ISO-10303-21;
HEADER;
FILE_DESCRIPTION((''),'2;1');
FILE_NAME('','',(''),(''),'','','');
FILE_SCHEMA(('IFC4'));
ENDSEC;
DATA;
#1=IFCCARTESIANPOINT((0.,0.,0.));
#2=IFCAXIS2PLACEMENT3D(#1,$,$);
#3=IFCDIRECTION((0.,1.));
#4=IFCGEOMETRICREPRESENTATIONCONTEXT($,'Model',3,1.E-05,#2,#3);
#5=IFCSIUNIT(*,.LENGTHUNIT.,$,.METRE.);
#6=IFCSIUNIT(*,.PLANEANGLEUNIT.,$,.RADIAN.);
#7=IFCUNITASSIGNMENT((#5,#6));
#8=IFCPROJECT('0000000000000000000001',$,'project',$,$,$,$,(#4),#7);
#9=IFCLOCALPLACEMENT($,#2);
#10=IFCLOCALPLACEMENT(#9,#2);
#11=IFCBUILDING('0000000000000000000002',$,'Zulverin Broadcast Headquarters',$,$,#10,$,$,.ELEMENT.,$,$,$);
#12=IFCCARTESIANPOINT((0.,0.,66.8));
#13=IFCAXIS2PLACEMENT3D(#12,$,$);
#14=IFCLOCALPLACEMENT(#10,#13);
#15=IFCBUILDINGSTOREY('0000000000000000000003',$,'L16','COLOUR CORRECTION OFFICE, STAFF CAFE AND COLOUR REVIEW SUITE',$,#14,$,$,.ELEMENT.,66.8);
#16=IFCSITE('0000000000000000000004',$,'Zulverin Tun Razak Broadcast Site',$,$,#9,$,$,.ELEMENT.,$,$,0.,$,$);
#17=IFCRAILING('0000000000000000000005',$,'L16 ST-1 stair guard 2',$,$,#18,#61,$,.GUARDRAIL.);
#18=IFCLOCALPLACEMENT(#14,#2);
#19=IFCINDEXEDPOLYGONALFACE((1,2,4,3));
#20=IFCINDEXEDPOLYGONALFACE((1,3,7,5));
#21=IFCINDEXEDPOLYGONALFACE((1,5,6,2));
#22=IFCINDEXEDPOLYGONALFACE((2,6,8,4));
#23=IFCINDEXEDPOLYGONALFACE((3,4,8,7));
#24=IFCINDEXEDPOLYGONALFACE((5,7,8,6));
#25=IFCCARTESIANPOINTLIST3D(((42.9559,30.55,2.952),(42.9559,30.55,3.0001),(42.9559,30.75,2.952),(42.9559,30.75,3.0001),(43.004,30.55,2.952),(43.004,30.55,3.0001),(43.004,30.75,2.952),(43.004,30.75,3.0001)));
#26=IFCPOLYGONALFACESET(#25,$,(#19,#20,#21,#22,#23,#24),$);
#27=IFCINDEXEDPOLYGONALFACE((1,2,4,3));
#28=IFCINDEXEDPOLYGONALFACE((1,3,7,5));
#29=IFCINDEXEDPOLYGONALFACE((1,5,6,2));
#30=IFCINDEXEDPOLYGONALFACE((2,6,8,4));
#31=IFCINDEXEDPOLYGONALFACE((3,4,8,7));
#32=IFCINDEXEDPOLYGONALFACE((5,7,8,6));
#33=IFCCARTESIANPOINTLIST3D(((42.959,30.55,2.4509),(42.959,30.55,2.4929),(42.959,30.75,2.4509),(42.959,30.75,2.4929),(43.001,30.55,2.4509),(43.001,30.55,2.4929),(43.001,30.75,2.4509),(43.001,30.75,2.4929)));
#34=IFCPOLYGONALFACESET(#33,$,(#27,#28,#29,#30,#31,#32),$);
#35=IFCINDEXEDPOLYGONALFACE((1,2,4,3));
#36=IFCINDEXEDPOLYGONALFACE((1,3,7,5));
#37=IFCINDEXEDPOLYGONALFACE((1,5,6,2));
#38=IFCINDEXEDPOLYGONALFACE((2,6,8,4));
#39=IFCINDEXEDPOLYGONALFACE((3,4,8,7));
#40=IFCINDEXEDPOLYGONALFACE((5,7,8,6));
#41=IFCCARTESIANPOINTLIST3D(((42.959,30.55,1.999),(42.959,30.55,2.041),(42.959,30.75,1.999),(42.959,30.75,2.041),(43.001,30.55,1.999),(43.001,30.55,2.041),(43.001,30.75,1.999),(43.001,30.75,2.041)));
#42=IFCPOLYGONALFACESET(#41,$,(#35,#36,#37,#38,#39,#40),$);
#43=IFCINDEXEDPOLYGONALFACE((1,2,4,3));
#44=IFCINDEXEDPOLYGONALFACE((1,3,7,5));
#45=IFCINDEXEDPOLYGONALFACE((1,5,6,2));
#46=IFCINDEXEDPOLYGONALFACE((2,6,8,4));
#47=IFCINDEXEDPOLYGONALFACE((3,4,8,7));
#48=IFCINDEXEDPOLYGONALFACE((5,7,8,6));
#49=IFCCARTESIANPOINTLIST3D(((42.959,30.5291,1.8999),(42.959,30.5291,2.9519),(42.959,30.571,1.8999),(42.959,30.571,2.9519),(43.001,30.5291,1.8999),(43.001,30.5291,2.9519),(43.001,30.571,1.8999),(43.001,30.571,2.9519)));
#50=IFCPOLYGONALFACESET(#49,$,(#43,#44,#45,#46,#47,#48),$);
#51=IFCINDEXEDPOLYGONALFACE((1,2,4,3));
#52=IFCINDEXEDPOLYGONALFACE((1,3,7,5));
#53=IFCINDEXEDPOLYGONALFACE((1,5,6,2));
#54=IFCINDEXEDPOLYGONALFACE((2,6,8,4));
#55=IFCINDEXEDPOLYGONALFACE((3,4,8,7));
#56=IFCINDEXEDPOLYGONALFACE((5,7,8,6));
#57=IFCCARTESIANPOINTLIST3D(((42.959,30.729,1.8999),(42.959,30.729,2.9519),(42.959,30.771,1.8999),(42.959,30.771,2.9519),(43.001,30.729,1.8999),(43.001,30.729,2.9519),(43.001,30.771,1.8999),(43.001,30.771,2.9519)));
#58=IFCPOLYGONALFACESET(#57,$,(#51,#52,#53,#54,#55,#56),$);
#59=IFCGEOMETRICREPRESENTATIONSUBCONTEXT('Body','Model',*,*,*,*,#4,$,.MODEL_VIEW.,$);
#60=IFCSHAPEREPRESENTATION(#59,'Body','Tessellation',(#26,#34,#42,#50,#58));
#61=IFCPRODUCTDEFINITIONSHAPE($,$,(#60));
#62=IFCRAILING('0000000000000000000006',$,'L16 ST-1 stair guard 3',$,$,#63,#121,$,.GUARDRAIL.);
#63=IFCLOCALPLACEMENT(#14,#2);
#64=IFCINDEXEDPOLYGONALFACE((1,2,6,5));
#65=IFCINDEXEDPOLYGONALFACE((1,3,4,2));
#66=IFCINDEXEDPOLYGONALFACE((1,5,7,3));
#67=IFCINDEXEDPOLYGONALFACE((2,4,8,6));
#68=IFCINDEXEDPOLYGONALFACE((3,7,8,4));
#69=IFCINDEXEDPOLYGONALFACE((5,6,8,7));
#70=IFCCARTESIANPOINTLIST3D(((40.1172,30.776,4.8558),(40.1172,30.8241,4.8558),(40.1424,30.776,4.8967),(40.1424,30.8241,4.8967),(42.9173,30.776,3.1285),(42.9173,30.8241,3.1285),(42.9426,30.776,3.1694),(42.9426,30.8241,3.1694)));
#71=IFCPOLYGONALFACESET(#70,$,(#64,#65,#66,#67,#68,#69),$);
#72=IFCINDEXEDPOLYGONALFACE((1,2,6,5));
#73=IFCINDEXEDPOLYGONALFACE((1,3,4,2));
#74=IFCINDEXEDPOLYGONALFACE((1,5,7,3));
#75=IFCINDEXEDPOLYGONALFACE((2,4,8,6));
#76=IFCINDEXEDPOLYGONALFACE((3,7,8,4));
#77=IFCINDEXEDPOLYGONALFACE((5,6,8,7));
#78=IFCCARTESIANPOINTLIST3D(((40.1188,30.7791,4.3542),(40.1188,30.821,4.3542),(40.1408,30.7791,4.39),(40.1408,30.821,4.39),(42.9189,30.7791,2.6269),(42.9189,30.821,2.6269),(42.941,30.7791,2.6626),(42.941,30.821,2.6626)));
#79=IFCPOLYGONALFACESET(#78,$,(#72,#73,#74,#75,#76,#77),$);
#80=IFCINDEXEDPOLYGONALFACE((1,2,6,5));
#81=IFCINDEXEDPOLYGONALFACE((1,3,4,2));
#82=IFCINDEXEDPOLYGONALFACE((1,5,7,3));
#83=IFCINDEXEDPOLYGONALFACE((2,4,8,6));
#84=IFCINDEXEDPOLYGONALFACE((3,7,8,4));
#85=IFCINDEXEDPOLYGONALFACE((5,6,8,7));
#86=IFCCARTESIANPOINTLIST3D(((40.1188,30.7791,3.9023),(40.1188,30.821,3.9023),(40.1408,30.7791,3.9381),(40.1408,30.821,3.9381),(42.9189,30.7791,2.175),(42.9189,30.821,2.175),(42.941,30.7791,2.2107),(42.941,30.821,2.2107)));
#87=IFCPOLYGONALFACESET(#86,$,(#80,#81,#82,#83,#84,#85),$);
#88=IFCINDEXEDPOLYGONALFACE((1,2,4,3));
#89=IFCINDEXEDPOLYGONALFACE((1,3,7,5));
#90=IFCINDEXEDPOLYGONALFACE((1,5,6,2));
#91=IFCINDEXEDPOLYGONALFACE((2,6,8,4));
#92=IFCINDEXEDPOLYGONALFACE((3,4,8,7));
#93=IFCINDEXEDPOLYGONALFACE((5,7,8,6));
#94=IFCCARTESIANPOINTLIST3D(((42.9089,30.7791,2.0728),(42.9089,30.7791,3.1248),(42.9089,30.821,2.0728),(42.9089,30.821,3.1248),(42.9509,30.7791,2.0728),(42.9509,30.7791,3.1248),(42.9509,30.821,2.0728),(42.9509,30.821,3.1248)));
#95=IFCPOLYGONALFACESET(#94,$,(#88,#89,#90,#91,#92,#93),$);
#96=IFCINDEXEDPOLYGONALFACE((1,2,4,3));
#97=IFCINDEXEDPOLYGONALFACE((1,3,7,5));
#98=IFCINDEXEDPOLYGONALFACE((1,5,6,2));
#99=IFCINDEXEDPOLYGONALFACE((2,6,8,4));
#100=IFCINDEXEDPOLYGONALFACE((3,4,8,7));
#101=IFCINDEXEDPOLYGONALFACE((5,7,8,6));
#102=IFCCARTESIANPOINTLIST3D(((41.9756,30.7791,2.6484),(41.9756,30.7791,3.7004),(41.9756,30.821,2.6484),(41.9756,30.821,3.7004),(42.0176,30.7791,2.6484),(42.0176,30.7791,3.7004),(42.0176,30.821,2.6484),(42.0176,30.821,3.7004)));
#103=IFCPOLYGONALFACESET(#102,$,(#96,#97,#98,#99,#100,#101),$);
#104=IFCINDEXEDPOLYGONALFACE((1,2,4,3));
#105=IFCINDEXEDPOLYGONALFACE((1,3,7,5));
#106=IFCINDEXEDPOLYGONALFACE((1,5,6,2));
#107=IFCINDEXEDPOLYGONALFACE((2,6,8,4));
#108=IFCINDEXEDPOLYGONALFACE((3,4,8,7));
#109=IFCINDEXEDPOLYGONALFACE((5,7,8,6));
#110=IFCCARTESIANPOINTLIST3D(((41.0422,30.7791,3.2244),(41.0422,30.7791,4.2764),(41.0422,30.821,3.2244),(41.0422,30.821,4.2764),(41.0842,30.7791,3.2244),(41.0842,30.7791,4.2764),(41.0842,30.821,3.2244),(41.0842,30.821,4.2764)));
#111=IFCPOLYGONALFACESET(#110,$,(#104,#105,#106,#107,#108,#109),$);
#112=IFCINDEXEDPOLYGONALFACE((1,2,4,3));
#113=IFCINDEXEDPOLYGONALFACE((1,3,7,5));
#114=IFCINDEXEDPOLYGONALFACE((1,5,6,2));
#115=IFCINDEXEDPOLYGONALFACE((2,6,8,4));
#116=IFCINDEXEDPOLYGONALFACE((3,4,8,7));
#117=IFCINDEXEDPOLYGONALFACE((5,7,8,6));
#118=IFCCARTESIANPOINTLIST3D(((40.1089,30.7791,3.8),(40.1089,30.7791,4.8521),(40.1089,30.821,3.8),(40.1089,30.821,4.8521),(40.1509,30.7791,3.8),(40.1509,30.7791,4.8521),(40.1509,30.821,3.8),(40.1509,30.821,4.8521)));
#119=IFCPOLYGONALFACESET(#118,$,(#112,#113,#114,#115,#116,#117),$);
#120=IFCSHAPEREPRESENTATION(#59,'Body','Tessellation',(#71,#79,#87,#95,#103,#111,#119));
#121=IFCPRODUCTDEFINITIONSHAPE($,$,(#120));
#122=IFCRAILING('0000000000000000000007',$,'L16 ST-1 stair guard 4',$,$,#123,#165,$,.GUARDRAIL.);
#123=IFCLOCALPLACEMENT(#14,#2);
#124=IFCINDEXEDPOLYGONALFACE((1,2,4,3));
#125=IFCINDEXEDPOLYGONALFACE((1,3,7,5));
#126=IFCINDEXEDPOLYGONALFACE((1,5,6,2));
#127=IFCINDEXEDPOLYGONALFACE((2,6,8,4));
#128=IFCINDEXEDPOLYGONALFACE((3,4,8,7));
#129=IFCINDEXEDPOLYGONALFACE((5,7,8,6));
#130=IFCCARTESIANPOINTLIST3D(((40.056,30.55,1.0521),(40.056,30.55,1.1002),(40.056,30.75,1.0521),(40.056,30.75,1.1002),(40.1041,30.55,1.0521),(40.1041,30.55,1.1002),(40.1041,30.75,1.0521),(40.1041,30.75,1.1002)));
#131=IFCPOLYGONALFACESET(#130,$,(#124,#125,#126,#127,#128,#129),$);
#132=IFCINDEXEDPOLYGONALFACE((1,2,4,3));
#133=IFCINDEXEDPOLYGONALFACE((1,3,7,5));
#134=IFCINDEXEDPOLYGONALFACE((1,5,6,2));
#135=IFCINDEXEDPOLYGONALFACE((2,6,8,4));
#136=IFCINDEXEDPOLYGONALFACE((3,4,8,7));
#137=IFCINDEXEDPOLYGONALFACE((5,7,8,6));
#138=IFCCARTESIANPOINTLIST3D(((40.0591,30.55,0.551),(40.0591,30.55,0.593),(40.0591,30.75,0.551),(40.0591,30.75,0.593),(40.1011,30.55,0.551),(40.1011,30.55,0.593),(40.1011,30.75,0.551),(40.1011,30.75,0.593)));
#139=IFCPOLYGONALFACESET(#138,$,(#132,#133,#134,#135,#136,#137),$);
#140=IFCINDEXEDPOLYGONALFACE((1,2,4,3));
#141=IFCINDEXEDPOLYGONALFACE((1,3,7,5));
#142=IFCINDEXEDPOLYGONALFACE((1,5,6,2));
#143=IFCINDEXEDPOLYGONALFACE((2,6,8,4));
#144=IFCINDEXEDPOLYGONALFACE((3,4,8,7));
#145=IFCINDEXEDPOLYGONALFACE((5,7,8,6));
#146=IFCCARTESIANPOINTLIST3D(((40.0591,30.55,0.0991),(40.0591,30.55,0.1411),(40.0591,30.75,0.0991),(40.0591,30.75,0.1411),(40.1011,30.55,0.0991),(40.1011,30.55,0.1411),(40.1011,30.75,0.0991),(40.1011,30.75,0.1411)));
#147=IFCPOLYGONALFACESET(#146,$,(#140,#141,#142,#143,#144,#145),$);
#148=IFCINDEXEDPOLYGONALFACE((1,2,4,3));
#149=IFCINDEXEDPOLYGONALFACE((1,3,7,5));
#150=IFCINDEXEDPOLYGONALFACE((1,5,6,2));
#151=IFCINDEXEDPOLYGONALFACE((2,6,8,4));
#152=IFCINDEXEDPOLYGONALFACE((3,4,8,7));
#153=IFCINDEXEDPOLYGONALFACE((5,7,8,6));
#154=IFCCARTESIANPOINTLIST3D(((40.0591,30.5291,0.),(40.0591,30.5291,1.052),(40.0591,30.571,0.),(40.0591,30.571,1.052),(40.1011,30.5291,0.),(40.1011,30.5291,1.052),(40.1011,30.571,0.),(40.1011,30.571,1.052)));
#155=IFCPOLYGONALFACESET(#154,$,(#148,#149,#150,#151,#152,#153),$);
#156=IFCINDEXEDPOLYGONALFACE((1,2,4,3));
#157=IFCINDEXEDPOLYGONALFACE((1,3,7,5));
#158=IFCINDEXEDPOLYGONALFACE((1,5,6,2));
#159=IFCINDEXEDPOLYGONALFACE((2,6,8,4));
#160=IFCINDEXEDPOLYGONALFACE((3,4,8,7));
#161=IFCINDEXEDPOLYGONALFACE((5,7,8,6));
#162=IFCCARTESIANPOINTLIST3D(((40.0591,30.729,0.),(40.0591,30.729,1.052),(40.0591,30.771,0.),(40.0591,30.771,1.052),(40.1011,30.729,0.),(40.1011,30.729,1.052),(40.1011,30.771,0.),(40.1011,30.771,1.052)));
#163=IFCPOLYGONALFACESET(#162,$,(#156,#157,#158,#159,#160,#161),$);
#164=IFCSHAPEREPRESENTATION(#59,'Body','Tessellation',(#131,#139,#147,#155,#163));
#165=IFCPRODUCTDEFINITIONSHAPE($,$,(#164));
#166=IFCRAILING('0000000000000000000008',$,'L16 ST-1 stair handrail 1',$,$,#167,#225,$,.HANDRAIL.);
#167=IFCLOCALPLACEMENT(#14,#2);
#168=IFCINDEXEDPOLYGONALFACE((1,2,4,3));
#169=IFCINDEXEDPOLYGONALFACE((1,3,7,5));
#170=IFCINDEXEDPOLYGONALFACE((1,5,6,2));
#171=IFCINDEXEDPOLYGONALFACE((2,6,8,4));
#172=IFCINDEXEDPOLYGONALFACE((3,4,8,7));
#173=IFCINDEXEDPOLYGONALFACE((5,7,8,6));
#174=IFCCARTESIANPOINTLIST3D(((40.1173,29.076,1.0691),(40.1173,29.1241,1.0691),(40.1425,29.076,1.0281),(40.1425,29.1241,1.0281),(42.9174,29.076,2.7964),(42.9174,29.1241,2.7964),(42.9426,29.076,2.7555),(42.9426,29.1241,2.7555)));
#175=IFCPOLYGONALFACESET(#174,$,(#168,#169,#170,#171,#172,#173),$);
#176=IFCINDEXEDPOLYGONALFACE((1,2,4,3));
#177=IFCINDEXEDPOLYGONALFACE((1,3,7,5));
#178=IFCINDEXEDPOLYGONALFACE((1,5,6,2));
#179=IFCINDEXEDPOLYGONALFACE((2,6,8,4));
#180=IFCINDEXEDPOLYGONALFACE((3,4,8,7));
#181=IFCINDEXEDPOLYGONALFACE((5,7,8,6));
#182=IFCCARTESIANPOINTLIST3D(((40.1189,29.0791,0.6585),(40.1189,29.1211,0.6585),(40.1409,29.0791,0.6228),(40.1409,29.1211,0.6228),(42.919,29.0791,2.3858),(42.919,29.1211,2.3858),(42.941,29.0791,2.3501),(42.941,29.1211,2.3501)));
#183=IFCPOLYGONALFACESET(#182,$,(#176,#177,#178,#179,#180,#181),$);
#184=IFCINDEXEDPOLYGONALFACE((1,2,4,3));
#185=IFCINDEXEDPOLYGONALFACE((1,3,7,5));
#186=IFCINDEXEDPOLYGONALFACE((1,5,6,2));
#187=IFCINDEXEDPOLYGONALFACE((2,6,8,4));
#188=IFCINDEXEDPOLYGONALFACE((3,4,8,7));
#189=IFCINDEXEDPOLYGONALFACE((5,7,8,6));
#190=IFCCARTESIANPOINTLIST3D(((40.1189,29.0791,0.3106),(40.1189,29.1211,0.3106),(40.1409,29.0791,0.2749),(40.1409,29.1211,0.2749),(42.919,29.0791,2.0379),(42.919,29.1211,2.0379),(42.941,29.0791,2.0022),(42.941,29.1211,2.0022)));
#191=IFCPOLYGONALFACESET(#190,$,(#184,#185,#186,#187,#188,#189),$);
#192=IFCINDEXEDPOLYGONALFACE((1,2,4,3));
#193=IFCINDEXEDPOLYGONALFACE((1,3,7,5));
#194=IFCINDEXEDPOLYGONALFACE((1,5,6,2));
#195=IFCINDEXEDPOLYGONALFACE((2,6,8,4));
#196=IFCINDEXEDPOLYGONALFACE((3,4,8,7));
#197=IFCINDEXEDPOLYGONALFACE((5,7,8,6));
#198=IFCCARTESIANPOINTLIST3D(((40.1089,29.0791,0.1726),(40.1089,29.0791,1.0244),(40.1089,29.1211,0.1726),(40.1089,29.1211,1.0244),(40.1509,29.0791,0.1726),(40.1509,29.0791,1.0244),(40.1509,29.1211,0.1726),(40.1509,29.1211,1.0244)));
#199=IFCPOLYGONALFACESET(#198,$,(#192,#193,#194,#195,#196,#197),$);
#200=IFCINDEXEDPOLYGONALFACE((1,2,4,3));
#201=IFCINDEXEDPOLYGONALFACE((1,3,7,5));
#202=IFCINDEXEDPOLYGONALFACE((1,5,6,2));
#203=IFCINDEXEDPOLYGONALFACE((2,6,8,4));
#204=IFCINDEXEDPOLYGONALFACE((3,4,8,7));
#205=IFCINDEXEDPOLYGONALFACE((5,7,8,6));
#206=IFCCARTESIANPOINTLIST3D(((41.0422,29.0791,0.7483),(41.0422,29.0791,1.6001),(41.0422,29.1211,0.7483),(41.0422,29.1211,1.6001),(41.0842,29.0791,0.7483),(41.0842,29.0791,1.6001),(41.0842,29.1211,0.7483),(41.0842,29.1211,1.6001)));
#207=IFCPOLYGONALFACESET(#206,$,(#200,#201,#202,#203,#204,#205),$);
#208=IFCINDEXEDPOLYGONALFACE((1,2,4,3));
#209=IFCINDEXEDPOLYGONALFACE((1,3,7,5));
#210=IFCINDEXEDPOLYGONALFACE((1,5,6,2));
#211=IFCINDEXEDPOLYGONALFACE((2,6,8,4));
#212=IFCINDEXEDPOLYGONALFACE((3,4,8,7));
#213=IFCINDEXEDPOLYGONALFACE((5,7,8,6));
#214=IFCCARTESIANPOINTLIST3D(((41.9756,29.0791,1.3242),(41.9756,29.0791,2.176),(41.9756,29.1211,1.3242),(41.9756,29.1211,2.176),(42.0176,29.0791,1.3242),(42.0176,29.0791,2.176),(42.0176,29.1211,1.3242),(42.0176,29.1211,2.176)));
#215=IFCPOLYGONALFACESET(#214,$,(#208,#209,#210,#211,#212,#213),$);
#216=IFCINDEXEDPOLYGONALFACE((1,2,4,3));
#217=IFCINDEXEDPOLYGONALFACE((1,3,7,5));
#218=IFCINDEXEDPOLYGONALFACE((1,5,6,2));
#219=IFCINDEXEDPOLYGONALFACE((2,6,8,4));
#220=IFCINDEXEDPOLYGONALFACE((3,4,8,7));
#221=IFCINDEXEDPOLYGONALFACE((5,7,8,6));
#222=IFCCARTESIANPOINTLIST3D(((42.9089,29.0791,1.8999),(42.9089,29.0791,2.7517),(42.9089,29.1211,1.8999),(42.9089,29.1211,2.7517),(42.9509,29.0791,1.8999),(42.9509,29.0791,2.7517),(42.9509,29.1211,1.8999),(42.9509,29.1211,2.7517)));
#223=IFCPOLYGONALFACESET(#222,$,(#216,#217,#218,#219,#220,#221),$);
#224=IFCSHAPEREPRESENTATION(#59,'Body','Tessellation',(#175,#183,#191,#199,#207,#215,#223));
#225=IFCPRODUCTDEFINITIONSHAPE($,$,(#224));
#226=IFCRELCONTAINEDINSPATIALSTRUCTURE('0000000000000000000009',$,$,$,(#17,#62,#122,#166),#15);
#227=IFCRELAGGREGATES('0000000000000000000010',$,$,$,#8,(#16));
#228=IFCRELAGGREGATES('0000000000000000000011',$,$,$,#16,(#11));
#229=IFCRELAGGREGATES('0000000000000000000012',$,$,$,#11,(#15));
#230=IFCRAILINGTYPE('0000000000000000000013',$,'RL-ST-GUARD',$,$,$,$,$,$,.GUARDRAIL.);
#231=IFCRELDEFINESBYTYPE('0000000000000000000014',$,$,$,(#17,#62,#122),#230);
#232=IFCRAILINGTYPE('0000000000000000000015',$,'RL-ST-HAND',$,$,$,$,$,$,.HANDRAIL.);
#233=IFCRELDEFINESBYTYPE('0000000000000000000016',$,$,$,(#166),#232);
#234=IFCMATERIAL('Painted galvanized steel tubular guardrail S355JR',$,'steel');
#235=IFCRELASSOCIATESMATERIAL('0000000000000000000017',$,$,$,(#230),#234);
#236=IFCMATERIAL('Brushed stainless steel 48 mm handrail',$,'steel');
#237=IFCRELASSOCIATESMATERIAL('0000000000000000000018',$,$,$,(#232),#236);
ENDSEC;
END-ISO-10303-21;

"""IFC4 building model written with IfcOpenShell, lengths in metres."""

from ifc_helpers import new_model, si_unit, direction, frame, origin, origin_2d, place, context, subcontext, project, spatial, rectangle, extrude, material, type_object, element, save


model = new_model("IFC4")

# Units and contexts
model_context = context("Model", 3, precision=1e-05, world=origin(), true_north=direction((0.0, 1.0)))
body_context = subcontext(model_context, "Body", "Model", "MODEL_VIEW")
ifc_project = project(units=[si_unit("LENGTHUNIT", "METRE"), si_unit("PLANEANGLEUNIT", "RADIAN")], contexts=[model_context])

# Site, building, storey
site_placement = place(None, origin())
site = spatial("IfcSite", under=ifc_project, at=site_placement, Name="Zulverin Tun Razak Broadcast Site", CompositionType="ELEMENT", RefElevation=0.0)
building_placement = place(site_placement, origin())
building = spatial("IfcBuilding", under=site, at=building_placement, Name="Zulverin Broadcast Headquarters", CompositionType="ELEMENT")
storey_placement = place(building_placement, frame((0.0, 0.0, 66.8)))
storey = spatial("IfcBuildingStorey", under=building, at=storey_placement, Name="L16", Description="COLOUR CORRECTION OFFICE, STAFF CAFE AND COLOUR REVIEW SUITE", CompositionType="ELEMENT", Elevation=66.8)

# Railings
ifc_material_1 = material(Name="Painted galvanized steel tubular guardrail S355JR", Category="steel")
railing_type_1 = type_object("IfcRailingType", Name="RL-ST-GUARD", PredefinedType="GUARDRAIL", material=ifc_material_1)
railing_1_placement = place(storey_placement, frame((42.98, 30.55, 1.8999)))
element("IfcRailing", 1, at=railing_1_placement, inside=storey, type_object=railing_type_1, Name="L16 ST-1 stair guard 2", PredefinedType="GUARDRAIL", context=body_context, shape_type="SweptSolid", body=[
    extrude(rectangle(XDim=0.0481, YDim=0.0481, at=origin_2d()), frame((0.0, 0.0, 1.0762), z_axis=(0.0, 1.0, 0.0), x_axis=(-1.0, 0.0, 0.0)), (0.0, 0.0, 1.0), 0.2),
    extrude(rectangle(XDim=0.042, YDim=0.042, at=origin_2d()), frame((0.0, 0.0, 0.572), z_axis=(0.0, 1.0, 0.0), x_axis=(-1.0, 0.0, 0.0)), (0.0, 0.0, 1.0), 0.2),
    extrude(rectangle(XDim=0.042, YDim=0.042, at=origin_2d()), frame((0.0, 0.0, 0.1201), z_axis=(0.0, 1.0, 0.0), x_axis=(-1.0, 0.0, 0.0)), (0.0, 0.0, 1.0), 0.2),
    extrude(rectangle(XDim=0.042, YDim=0.042, at=origin_2d()), origin(), (0.0, 0.0, 1.0), 1.052),
    extrude(rectangle(XDim=0.042, YDim=0.042, at=origin_2d()), frame((0.0, 0.2, 0.0)), (0.0, 0.0, 1.0), 1.052),
])
railing_2_placement = place(storey_placement, frame((42.9299, 30.8, 2.0728)))
element("IfcRailing", 2, at=railing_2_placement, inside=storey, type_object=railing_type_1, Name="L16 ST-1 stair guard 3", PredefinedType="GUARDRAIL", context=body_context, shape_type="SweptSolid", body=[
    extrude(rectangle(XDim=0.0481, YDim=0.0481, at=origin_2d()), frame((0.0, 0.0, 1.0762), z_axis=(-0.85109, 0.0, 0.52502), x_axis=(0.0, -1.0, 0.0)), (0.0, 0.0, 1.0), 3.29),
    extrude(rectangle(XDim=0.042, YDim=0.042, at=origin_2d()), frame((0.0, 0.0, 0.572), z_axis=(-0.85109, 0.0, 0.52502), x_axis=(0.0, -1.0, 0.0)), (0.0, 0.0, 1.0), 3.29),
    extrude(rectangle(XDim=0.042, YDim=0.042, at=origin_2d()), frame((0.0, 0.0, 0.1201), z_axis=(-0.85109, 0.0, 0.52502), x_axis=(0.0, -1.0, 0.0)), (0.0, 0.0, 1.0), 3.29),
    extrude(rectangle(XDim=0.042, YDim=0.042, at=origin_2d()), origin(), (0.0, 0.0, 1.0), 1.052),
    extrude(rectangle(XDim=0.042, YDim=0.042, at=origin_2d()), frame((-0.9333, 0.0, 0.5757)), (0.0, 0.0, 1.0), 1.052),
    extrude(rectangle(XDim=0.042, YDim=0.042, at=origin_2d()), frame((-1.8667, 0.0, 1.1516)), (0.0, 0.0, 1.0), 1.052),
    extrude(rectangle(XDim=0.042, YDim=0.042, at=origin_2d()), frame((-2.8, 0.0, 1.7273)), (0.0, 0.0, 1.0), 1.052),
])
railing_3_placement = place(storey_placement, frame((40.0801, 30.55, 0.0)))
element("IfcRailing", 3, at=railing_3_placement, inside=storey, type_object=railing_type_1, Name="L16 ST-1 stair guard 4", PredefinedType="GUARDRAIL", context=body_context, shape_type="SweptSolid", body=[
    extrude(rectangle(XDim=0.0481, YDim=0.0481, at=origin_2d()), frame((0.0, 0.0, 1.0762), z_axis=(0.0, 1.0, 0.0), x_axis=(-1.0, 0.0, 0.0)), (0.0, 0.0, 1.0), 0.2),
    extrude(rectangle(XDim=0.042, YDim=0.042, at=origin_2d()), frame((0.0, 0.0, 0.572), z_axis=(0.0, 1.0, 0.0), x_axis=(-1.0, 0.0, 0.0)), (0.0, 0.0, 1.0), 0.2),
    extrude(rectangle(XDim=0.042, YDim=0.042, at=origin_2d()), frame((0.0, 0.0, 0.1201), z_axis=(0.0, 1.0, 0.0), x_axis=(-1.0, 0.0, 0.0)), (0.0, 0.0, 1.0), 0.2),
    extrude(rectangle(XDim=0.042, YDim=0.042, at=origin_2d()), origin(), (0.0, 0.0, 1.0), 1.052),
    extrude(rectangle(XDim=0.042, YDim=0.042, at=origin_2d()), frame((0.0, 0.2, 0.0)), (0.0, 0.0, 1.0), 1.052),
])
ifc_material_2 = material(Name="Brushed stainless steel 48 mm handrail", Category="steel")
railing_type_2 = type_object("IfcRailingType", Name="RL-ST-HAND", PredefinedType="HANDRAIL", material=ifc_material_2)
railing_4_placement = place(storey_placement, frame((40.1299, 29.1001, 0.1726)))
element("IfcRailing", 4, at=railing_4_placement, inside=storey, type_object=railing_type_2, Name="L16 ST-1 stair handrail 1", PredefinedType="HANDRAIL", context=body_context, shape_type="SweptSolid", body=[
    extrude(rectangle(XDim=0.0481, YDim=0.0481, at=origin_2d()), frame((0.0, 0.0, 0.876), z_axis=(0.85109, 0.0, 0.52502), x_axis=(0.0, 1.0, 0.0)), (0.0, 0.0, 1.0), 3.29),
    extrude(rectangle(XDim=0.042, YDim=0.042, at=origin_2d()), frame((0.0, 0.0, 0.468), z_axis=(0.85109, 0.0, 0.52502), x_axis=(0.0, 1.0, 0.0)), (0.0, 0.0, 1.0), 3.29),
    extrude(rectangle(XDim=0.042, YDim=0.042, at=origin_2d()), frame((0.0, 0.0, 0.1201), z_axis=(0.85109, 0.0, 0.52502), x_axis=(0.0, 1.0, 0.0)), (0.0, 0.0, 1.0), 3.29),
    extrude(rectangle(XDim=0.042, YDim=0.042, at=origin_2d()), origin(), (0.0, 0.0, 1.0), 0.8518),
    extrude(rectangle(XDim=0.042, YDim=0.042, at=origin_2d()), frame((0.9333, 0.0, 0.5757)), (0.0, 0.0, 1.0), 0.8518),
    extrude(rectangle(XDim=0.042, YDim=0.042, at=origin_2d()), frame((1.8667, 0.0, 1.1516)), (0.0, 0.0, 1.0), 0.8518),
    extrude(rectangle(XDim=0.042, YDim=0.042, at=origin_2d()), frame((2.8, 0.0, 1.7273)), (0.0, 0.0, 1.0), 0.8518),
])

save(model, "model.ifc")
